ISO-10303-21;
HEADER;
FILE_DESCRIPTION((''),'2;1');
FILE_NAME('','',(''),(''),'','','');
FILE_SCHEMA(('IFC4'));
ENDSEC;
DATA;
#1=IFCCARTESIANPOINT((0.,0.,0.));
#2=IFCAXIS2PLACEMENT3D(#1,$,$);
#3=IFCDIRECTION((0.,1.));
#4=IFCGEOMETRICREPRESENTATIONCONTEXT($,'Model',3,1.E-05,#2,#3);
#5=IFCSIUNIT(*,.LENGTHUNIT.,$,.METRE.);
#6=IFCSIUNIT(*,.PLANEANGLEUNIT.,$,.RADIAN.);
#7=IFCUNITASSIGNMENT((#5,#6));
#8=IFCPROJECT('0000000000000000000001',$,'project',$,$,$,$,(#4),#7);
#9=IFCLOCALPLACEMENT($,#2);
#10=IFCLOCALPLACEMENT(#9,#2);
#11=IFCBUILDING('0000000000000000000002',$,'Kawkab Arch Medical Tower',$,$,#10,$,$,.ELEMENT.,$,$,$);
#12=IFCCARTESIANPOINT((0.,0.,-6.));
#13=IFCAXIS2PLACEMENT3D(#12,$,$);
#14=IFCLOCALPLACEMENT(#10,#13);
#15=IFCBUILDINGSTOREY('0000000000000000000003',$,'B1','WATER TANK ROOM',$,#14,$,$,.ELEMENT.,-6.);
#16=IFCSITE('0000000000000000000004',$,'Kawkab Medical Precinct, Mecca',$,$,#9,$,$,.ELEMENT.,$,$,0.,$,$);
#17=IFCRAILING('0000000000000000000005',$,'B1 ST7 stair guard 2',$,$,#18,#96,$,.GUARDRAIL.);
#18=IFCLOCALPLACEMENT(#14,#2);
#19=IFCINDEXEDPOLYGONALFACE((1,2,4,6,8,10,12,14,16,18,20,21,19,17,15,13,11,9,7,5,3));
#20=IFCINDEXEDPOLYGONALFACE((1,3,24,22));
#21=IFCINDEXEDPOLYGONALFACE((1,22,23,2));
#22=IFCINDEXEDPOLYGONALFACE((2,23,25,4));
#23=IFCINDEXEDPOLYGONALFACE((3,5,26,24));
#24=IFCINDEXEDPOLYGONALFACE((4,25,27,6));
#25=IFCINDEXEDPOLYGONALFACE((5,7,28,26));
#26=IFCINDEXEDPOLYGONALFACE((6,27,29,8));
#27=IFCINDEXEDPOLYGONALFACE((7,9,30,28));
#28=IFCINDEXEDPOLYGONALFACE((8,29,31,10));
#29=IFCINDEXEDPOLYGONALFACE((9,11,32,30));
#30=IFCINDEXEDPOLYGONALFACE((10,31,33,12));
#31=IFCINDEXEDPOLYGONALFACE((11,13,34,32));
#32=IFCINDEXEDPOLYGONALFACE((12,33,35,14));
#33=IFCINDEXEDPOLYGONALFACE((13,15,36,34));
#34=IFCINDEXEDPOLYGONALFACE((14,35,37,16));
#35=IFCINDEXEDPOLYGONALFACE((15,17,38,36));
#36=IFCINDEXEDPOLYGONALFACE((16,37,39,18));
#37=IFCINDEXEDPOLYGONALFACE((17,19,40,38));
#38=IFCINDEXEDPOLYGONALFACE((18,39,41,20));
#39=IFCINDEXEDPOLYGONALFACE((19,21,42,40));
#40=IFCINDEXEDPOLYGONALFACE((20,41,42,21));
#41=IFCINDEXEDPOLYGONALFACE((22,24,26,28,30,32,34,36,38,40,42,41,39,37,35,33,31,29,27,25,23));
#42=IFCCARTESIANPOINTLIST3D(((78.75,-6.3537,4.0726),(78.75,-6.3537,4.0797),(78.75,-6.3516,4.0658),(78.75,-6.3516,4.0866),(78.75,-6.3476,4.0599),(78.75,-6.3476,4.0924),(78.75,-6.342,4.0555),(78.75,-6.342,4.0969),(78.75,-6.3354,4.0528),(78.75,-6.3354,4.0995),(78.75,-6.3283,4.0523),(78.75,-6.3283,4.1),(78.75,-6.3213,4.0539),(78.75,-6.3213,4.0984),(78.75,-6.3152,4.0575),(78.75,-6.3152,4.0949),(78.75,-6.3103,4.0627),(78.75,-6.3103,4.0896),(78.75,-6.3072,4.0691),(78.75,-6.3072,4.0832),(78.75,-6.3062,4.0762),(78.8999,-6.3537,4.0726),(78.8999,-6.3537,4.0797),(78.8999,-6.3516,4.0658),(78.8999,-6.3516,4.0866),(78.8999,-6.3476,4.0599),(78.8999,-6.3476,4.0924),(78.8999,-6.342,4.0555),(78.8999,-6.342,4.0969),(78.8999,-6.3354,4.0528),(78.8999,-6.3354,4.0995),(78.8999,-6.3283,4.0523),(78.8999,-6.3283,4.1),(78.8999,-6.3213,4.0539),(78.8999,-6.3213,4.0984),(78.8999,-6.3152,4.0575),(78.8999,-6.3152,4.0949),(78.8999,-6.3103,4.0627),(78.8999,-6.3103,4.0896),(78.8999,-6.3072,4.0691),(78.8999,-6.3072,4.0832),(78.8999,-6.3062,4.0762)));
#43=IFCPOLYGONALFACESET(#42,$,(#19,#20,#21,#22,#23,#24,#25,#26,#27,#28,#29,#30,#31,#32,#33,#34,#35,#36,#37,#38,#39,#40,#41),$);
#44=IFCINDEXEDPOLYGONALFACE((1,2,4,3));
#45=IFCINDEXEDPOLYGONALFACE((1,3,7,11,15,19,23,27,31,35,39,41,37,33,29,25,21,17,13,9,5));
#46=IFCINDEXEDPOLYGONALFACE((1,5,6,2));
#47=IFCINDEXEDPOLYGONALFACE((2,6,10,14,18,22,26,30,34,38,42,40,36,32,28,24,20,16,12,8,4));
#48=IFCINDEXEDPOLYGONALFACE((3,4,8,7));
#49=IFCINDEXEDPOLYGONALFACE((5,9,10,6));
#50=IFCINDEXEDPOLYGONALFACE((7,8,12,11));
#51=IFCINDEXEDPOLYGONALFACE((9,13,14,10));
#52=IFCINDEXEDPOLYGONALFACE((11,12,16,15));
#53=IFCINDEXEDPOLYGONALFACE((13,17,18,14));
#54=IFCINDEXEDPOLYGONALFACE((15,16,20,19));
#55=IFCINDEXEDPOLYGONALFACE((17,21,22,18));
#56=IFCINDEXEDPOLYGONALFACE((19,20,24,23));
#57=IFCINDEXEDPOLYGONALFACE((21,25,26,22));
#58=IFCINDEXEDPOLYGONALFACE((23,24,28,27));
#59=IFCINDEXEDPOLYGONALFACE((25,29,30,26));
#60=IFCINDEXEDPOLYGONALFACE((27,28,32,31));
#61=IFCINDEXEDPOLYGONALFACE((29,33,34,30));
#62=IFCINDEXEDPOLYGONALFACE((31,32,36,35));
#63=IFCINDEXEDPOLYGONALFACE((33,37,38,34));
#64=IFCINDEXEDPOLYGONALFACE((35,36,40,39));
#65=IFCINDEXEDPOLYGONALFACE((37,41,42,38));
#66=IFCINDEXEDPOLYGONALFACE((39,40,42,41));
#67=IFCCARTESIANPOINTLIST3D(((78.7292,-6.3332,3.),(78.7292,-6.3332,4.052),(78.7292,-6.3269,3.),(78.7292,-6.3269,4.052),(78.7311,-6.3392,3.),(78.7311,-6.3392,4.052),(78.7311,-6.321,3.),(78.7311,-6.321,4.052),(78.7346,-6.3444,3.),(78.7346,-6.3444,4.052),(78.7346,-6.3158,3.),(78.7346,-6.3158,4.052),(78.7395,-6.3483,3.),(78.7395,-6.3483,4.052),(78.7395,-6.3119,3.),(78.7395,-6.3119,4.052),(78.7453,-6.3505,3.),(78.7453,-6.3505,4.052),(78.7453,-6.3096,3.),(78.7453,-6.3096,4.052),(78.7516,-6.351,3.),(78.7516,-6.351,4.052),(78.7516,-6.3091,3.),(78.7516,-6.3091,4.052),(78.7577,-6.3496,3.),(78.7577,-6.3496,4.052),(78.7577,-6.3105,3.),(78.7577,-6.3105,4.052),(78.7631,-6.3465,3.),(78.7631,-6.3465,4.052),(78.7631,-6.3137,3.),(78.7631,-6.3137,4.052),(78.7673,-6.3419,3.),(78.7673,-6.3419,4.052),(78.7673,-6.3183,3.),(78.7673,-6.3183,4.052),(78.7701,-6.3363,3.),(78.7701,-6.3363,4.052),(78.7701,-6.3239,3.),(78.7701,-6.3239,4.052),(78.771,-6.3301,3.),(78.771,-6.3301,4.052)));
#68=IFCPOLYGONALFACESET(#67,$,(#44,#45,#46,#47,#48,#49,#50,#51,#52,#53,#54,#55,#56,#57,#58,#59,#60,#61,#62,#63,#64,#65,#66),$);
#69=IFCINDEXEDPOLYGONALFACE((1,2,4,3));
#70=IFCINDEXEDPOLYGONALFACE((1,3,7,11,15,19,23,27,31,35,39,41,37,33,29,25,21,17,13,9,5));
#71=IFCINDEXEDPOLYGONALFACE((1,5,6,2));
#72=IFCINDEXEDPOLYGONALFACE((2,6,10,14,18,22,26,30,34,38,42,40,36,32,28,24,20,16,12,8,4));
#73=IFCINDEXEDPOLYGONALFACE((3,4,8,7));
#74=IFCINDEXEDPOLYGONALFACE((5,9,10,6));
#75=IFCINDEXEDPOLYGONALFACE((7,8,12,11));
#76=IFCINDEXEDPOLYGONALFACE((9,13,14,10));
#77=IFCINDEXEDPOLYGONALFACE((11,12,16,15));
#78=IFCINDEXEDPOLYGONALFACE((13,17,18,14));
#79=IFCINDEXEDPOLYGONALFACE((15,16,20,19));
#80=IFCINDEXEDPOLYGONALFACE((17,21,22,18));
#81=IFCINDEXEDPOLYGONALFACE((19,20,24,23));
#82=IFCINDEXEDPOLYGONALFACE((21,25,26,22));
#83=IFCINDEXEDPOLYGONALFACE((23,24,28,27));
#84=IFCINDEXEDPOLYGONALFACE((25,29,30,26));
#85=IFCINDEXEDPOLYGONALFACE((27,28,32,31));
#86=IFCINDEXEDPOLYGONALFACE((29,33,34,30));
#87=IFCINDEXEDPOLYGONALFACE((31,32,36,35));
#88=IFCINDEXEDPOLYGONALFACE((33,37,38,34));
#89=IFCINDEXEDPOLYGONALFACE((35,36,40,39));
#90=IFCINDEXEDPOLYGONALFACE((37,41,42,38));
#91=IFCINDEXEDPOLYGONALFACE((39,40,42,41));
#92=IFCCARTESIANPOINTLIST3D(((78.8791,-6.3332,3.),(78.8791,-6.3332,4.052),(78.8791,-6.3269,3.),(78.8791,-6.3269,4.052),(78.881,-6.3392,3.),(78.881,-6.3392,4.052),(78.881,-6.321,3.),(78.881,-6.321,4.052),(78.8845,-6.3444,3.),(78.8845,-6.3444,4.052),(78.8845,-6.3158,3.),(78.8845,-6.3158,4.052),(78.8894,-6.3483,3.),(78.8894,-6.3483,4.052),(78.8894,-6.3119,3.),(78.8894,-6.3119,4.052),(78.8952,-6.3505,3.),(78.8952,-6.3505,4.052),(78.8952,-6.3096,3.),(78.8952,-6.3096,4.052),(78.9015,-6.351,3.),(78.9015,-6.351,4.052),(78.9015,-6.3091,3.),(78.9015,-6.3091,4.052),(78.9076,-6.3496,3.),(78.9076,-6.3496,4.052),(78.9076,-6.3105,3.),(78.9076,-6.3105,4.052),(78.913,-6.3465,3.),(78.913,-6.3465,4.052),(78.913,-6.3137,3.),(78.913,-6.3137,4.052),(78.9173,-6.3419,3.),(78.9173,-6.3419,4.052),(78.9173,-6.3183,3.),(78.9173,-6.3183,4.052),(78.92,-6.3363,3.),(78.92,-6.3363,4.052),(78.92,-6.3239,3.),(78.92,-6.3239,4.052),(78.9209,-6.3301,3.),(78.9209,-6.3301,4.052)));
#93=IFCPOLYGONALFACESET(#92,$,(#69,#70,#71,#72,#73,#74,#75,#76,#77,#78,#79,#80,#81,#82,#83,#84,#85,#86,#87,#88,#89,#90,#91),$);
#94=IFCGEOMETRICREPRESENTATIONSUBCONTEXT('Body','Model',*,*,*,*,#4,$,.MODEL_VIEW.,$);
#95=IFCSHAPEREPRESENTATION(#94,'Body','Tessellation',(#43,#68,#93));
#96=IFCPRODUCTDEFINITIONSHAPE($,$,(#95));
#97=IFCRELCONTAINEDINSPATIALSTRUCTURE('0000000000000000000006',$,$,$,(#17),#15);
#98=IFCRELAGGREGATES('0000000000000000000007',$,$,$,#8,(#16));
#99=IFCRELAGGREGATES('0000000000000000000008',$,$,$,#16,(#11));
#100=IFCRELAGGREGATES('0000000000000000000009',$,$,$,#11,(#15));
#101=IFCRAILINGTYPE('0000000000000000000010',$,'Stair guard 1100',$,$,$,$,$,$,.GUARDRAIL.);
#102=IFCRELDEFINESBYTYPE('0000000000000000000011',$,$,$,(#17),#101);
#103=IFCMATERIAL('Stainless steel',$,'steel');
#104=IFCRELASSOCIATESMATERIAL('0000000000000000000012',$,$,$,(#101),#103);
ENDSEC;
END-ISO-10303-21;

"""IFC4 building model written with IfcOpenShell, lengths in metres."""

from ifc_helpers import new_model, si_unit, direction, frame, origin, origin_2d, place, context, subcontext, project, spatial, circle, extrude, material, type_object, element, save


model = new_model("IFC4")

# Units and contexts
model_context = context("Model", 3, precision=1e-05, world=origin(), true_north=direction((0.0, 1.0)))
body_context = subcontext(model_context, "Body", "Model", "MODEL_VIEW")
ifc_project = project(units=[si_unit("LENGTHUNIT", "METRE"), si_unit("PLANEANGLEUNIT", "RADIAN")], contexts=[model_context])

# Site, building, storey
site_placement = place(None, origin())
site = spatial("IfcSite", under=ifc_project, at=site_placement, Name="Kawkab Medical Precinct, Mecca", CompositionType="ELEMENT", RefElevation=0.0)
building_placement = place(site_placement, origin())
building = spatial("IfcBuilding", under=site, at=building_placement, Name="Kawkab Arch Medical Tower", CompositionType="ELEMENT")
storey_placement = place(building_placement, frame((0.0, 0.0, -6.0)))
storey = spatial("IfcBuildingStorey", under=building, at=storey_placement, Name="B1", Description="WATER TANK ROOM", CompositionType="ELEMENT", Elevation=-6.0)

# Railing
ifc_material_1 = material(Name="Stainless steel", Category="steel")
railing_type = type_object("IfcRailingType", Name="Stair guard 1100", PredefinedType="GUARDRAIL", material=ifc_material_1)
railing_1_placement = place(storey_placement, frame((78.75, -6.3301, 3.0)))
element("IfcRailing", 1, at=railing_1_placement, inside=storey, type_object=railing_type, Name="B1 ST7 stair guard 2", PredefinedType="GUARDRAIL", context=body_context, shape_type="SweptSolid", body=[
    extrude(circle(Radius=0.0239, at=origin_2d()), frame((0.0, 0.0, 1.0762), z_axis=(1.0, 0.0, 0.0), x_axis=(0.0, 1.0, 0.0)), (0.0, 0.0, 1.0), 0.1499),
    extrude(circle(Radius=0.021, at=origin_2d()), origin(), (0.0, 0.0, 1.0), 1.052),
    extrude(circle(Radius=0.021, at=origin_2d()), frame((0.1499, 0.0, 0.0)), (0.0, 0.0, 1.0), 1.052),
])

save(model, "model.ifc")
